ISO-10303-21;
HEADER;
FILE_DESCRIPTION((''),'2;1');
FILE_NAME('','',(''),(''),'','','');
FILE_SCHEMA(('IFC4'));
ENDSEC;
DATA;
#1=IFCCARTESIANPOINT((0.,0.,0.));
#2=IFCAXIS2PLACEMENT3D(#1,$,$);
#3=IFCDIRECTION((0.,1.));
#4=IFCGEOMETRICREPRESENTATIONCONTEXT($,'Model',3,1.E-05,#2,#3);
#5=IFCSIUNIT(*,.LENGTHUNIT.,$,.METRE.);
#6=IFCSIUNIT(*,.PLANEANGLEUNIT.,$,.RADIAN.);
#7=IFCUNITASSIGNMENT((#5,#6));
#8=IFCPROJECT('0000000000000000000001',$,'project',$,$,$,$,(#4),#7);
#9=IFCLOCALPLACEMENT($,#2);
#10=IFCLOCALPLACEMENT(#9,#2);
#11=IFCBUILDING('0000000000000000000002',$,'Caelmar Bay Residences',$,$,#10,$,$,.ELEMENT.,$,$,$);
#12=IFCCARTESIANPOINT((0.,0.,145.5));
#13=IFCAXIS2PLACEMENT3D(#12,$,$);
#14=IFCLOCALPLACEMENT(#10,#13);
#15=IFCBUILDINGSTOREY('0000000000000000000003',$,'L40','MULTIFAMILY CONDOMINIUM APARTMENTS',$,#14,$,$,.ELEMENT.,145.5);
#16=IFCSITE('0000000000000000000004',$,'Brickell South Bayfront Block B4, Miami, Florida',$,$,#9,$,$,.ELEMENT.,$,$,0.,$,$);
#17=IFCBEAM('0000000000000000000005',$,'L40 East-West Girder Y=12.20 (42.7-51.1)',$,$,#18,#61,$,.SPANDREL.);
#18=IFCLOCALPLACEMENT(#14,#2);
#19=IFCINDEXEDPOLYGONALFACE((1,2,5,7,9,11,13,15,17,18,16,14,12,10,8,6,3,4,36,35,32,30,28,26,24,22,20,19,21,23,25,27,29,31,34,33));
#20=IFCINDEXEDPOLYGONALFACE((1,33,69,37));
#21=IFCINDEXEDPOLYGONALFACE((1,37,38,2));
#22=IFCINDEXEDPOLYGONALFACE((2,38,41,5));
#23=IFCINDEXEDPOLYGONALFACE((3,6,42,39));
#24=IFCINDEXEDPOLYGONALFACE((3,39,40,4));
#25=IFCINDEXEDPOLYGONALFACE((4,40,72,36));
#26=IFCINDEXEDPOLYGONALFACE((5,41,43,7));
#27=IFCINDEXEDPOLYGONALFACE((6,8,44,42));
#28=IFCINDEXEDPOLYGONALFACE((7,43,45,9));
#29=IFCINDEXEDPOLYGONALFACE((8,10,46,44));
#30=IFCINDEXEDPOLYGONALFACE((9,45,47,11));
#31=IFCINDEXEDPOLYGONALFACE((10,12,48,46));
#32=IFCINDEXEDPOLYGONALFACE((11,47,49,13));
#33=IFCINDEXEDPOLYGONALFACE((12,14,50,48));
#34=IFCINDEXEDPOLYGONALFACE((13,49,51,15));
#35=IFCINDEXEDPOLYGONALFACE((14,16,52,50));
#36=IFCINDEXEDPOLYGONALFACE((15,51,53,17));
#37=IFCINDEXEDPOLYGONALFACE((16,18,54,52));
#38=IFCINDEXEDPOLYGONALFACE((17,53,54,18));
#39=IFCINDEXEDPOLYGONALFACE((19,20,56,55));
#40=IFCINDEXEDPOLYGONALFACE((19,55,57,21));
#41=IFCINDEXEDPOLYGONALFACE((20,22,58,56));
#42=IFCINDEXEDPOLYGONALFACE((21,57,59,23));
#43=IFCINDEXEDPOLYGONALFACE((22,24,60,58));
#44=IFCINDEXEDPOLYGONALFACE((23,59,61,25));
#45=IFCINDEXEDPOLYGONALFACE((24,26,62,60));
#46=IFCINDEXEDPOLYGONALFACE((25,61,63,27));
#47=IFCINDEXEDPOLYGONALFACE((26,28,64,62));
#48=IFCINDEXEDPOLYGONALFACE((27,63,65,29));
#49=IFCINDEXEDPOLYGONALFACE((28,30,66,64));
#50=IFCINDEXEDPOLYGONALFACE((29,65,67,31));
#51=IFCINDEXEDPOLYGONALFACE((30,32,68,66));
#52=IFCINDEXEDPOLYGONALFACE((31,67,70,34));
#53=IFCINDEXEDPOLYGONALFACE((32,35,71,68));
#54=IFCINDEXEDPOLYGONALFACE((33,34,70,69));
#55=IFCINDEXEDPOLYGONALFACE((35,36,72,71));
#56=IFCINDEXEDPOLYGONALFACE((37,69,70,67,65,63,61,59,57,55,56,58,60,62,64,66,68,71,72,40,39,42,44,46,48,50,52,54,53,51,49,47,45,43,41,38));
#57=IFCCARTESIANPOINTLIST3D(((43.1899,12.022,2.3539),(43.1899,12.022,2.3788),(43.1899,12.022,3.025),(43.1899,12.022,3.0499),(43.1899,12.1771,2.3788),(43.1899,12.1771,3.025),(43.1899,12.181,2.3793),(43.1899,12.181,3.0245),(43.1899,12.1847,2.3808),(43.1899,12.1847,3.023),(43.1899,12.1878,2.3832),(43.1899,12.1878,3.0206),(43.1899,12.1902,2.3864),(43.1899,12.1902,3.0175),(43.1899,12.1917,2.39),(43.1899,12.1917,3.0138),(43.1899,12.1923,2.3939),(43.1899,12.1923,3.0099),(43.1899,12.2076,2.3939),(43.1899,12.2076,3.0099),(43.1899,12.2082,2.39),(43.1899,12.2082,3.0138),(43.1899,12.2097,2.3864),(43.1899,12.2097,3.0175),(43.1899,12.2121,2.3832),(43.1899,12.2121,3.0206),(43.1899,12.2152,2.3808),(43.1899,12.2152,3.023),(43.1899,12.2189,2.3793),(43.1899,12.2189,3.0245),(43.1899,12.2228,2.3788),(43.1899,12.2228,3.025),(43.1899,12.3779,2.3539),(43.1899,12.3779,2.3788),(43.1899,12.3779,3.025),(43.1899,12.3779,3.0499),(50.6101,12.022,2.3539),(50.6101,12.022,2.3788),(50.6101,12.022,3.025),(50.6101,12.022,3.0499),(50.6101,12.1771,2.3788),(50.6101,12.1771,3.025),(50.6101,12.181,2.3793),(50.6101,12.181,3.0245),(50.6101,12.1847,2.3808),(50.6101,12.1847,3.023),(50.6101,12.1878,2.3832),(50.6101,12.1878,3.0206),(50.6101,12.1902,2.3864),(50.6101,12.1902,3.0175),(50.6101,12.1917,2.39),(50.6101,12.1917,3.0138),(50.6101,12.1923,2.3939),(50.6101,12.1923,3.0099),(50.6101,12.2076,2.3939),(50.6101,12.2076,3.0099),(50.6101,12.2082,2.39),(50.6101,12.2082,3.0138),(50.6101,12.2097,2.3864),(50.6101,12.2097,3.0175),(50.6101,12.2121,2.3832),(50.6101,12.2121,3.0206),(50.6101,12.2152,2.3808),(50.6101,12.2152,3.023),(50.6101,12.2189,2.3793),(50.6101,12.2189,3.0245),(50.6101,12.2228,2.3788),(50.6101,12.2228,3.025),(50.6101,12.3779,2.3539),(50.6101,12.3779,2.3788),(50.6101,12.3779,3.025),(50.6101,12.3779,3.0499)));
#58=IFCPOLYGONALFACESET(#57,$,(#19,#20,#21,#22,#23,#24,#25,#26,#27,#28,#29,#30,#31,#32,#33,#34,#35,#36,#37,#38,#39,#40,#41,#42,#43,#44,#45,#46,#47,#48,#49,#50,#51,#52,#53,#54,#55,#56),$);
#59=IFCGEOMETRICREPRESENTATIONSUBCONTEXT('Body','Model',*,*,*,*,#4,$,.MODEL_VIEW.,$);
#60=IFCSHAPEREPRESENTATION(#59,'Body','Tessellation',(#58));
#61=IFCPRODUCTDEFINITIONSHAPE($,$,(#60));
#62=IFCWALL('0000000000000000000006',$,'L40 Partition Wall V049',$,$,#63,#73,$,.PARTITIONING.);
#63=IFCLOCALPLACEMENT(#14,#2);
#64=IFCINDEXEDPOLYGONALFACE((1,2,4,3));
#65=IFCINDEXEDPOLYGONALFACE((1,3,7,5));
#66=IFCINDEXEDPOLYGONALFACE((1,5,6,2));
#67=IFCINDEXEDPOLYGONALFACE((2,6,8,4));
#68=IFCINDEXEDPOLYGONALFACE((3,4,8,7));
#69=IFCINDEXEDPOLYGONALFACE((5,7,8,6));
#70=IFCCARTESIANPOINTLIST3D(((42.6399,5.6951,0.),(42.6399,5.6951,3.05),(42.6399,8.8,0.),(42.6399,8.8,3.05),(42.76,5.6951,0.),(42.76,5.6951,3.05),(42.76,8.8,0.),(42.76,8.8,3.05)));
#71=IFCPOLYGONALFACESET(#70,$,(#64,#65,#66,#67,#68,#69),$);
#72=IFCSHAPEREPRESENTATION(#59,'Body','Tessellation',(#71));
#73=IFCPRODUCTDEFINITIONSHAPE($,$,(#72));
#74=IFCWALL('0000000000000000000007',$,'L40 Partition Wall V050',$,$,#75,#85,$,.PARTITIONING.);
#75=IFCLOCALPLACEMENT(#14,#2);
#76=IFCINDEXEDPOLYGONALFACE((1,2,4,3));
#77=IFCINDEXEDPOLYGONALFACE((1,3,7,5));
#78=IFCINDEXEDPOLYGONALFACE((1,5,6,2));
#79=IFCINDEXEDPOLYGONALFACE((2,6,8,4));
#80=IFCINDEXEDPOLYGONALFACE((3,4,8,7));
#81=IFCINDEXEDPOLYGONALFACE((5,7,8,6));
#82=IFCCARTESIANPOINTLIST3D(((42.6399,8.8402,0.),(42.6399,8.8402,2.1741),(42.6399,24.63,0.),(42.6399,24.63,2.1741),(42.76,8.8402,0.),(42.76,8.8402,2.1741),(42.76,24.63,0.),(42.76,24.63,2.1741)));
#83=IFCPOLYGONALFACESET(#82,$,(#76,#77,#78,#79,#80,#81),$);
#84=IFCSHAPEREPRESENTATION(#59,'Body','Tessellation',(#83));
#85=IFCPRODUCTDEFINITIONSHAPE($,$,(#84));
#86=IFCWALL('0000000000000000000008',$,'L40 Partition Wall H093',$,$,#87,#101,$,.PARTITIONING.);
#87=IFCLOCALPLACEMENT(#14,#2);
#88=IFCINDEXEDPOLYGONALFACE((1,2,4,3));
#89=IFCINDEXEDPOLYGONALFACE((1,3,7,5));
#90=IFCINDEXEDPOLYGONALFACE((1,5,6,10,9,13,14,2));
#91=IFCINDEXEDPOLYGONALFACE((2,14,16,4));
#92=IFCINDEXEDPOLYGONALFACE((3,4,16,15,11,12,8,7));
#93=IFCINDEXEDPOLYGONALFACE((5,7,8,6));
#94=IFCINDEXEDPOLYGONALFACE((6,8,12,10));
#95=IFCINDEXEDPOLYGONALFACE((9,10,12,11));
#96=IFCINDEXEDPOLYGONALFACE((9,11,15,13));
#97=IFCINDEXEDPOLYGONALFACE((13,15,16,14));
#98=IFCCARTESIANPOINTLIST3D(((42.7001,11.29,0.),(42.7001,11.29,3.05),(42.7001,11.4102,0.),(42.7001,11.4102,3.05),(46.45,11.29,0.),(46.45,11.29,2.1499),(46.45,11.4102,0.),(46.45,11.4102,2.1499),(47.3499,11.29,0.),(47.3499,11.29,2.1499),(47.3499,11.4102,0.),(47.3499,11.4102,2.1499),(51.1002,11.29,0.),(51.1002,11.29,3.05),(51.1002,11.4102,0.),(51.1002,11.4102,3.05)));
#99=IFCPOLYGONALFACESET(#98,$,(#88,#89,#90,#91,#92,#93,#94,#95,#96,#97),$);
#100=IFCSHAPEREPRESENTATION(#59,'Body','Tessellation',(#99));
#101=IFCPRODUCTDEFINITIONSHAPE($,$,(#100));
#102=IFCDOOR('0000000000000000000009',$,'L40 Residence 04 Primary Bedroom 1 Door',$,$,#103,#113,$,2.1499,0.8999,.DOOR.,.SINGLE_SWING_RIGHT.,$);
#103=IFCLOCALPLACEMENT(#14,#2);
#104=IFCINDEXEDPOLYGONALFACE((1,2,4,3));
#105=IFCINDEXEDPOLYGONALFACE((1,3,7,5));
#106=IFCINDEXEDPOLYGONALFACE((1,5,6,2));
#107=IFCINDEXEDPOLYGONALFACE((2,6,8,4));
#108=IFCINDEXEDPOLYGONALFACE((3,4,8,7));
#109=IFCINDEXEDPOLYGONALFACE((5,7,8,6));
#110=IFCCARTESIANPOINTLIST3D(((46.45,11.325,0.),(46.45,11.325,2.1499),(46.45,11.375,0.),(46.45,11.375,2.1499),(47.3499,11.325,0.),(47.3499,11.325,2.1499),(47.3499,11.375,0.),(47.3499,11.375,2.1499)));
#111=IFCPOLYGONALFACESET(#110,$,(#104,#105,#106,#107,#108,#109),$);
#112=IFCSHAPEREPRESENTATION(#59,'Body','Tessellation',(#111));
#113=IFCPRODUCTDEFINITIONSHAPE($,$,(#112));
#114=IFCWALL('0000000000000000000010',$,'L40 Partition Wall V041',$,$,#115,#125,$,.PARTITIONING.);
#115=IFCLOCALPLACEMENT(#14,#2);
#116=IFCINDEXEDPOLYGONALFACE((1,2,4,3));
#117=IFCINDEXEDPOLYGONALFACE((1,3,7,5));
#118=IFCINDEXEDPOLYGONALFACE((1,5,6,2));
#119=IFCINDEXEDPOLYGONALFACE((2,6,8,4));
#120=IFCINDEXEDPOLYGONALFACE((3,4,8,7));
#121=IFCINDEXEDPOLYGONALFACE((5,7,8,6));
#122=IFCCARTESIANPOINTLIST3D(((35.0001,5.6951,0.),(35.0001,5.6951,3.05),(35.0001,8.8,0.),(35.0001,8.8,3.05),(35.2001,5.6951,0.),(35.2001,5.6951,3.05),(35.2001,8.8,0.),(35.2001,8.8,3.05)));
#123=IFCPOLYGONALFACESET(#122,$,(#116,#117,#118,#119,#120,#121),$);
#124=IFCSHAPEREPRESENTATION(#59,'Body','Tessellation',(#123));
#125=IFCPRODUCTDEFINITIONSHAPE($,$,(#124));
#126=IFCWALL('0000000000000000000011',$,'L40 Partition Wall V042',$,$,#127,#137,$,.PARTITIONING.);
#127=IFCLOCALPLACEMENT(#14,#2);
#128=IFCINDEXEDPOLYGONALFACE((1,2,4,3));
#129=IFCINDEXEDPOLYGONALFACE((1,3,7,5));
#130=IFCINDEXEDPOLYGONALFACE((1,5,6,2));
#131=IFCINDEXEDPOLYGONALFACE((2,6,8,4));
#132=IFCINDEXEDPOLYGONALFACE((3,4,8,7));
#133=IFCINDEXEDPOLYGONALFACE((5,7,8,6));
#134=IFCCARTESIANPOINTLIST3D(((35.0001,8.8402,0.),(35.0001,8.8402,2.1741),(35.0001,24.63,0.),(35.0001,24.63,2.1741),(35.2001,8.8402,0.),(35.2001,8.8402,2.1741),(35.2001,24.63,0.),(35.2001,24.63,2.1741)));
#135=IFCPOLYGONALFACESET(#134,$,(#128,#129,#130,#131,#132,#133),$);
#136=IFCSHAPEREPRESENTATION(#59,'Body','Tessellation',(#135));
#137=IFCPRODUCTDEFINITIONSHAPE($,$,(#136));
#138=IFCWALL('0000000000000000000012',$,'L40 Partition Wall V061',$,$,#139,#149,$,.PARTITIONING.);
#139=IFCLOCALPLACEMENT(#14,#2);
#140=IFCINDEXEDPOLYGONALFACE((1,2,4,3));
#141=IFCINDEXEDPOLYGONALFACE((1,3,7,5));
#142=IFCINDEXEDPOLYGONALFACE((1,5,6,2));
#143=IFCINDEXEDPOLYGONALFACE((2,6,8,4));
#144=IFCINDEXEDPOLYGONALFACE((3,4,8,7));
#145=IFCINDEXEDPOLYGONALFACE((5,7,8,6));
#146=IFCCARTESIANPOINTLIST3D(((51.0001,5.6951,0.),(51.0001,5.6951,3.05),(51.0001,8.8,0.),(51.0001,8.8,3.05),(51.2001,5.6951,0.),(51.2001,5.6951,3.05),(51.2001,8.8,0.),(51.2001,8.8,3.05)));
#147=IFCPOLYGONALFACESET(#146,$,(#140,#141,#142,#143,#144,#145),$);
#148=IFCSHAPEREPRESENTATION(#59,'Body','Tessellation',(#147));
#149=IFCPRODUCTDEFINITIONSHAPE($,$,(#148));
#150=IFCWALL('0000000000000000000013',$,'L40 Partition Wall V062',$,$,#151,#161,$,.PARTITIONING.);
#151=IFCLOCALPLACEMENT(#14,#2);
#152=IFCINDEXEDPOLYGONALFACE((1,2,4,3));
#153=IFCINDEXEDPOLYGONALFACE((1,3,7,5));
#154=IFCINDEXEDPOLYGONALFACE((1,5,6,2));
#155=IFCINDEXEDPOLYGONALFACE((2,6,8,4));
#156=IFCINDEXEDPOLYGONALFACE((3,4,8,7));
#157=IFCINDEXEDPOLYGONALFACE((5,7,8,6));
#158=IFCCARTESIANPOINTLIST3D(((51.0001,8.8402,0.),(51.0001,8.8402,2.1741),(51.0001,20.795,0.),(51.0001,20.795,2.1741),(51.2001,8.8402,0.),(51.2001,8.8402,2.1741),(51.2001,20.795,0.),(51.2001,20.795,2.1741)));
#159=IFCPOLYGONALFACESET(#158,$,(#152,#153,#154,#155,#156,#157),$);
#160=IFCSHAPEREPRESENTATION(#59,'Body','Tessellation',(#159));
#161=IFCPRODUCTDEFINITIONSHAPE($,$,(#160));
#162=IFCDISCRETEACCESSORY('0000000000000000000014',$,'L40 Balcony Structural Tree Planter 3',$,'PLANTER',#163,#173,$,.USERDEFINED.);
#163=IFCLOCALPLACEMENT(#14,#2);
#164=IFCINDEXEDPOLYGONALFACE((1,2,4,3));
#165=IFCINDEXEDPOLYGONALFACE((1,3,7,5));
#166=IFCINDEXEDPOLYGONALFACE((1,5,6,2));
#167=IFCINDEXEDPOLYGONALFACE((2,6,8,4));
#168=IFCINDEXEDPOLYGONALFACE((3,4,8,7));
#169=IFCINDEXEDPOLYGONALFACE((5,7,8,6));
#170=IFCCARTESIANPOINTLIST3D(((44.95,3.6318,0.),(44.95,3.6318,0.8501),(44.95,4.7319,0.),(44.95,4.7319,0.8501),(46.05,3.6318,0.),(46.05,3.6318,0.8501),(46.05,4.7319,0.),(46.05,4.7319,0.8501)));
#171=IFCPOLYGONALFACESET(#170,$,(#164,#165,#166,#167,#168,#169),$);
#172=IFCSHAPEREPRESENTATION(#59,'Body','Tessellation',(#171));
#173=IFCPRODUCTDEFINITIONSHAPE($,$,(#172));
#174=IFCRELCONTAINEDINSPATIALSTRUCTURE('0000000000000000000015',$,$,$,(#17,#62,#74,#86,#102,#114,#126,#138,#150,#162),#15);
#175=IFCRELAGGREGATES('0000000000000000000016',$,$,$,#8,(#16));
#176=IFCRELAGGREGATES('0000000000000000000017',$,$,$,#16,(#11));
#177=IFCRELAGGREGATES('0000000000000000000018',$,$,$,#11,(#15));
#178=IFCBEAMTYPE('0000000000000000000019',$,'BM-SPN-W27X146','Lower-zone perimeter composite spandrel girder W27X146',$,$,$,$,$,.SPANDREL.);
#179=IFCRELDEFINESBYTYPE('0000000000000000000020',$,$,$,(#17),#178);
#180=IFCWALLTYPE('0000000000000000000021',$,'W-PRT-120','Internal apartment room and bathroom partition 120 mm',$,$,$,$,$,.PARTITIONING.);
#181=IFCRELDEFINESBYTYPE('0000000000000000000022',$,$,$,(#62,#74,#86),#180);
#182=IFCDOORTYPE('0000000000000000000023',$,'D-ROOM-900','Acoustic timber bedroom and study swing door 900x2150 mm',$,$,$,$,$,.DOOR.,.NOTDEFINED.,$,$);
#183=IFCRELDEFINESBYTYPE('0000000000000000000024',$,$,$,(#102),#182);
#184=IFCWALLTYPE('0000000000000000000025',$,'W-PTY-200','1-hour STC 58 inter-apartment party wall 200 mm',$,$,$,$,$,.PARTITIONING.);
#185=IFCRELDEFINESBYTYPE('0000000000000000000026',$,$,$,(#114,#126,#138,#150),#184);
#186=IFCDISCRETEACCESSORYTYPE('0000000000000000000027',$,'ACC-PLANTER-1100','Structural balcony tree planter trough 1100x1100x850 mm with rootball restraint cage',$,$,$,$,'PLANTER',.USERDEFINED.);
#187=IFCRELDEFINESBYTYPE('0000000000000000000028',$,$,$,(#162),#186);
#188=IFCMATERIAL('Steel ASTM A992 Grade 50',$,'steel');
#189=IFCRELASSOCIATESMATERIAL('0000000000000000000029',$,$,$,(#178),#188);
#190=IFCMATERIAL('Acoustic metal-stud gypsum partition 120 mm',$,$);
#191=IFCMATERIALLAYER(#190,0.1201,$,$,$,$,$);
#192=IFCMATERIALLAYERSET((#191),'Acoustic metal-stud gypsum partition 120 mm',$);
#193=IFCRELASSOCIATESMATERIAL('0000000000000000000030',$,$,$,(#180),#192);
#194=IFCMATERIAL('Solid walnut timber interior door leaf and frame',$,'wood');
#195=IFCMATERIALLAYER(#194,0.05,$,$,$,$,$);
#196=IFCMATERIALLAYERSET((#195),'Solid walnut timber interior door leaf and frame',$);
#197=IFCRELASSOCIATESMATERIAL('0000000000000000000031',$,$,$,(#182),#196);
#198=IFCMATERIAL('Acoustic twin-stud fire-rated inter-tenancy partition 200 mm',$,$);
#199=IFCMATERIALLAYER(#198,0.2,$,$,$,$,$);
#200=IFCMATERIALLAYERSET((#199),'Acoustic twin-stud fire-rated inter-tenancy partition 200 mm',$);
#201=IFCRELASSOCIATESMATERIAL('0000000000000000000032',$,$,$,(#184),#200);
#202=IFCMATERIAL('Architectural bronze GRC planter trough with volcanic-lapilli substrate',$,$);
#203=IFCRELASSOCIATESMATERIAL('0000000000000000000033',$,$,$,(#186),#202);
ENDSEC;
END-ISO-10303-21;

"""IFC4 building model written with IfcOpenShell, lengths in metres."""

from ifc_helpers import new_model, si_unit, direction, frame, frame_2d, origin, origin_2d, place, context, subcontext, project, spatial, rectangle, i_section, extrude, material, layer, layer_set, material_profile, profile_set, type_object, element, fill, save


model = new_model("IFC4")

# Units and contexts
model_context = context("Model", 3, precision=1e-05, world=origin(), true_north=direction((0.0, 1.0)))
body_context = subcontext(model_context, "Body", "Model", "MODEL_VIEW")
ifc_project = project(units=[si_unit("LENGTHUNIT", "METRE"), si_unit("PLANEANGLEUNIT", "RADIAN")], contexts=[model_context])

# Site, building, storey
site_placement = place(None, origin())
site = spatial("IfcSite", under=ifc_project, at=site_placement, Name="Brickell South Bayfront Block B4, Miami, Florida", CompositionType="ELEMENT", RefElevation=0.0)
building_placement = place(site_placement, origin())
building = spatial("IfcBuilding", under=site, at=building_placement, Name="Caelmar Bay Residences", CompositionType="ELEMENT")
storey_placement = place(building_placement, frame((0.0, 0.0, 145.5)))
storey = spatial("IfcBuildingStorey", under=building, at=storey_placement, Name="L40", Description="MULTIFAMILY CONDOMINIUM APARTMENTS", CompositionType="ELEMENT", Elevation=145.5)

# Beam
ifc_material_1 = material(Name="Steel ASTM A992 Grade 50", Category="steel")
ifc_material_profile_1 = material_profile(ifc_material_1, i_section(OverallWidth=0.356, OverallDepth=0.696, WebThickness=0.0154, FlangeThickness=0.0249, FilletRadius=0.0151, at=origin_2d()), Name="W27X146")
ifc_profile_set_1 = profile_set([ifc_material_profile_1], Name="Steel ASTM A992 Grade 50")
beam_type_1 = type_object("IfcBeamType", Name="BM-SPN-W27X146", Description="Lower-zone perimeter composite spandrel girder W27X146", PredefinedType="SPANDREL", material=ifc_profile_set_1)
beam_1_placement = place(storey_placement, frame((43.1899, 12.2, 2.7019), z_axis=(1.0, 0.0, 0.0), x_axis=(0.0, 1.0, 0.0)))
element("IfcBeam", 1, at=beam_1_placement, inside=storey, type_object=beam_type_1, Name="L40 East-West Girder Y=12.20 (42.7-51.1)", PredefinedType="SPANDREL", context=body_context, shape_type="SweptSolid", body=[
    extrude(i_section(OverallWidth=0.356, OverallDepth=0.696, WebThickness=0.0154, FlangeThickness=0.0249, FilletRadius=0.0151, at=origin_2d()), origin(), (0.0, 0.0, 1.0), 7.4202),
])

# Walls
ifc_material_2 = material(Name="Acoustic metal-stud gypsum partition 120 mm")
ifc_layer_1 = layer(ifc_material_2, 0.1201)
ifc_layer_set_1 = layer_set([ifc_layer_1], Name="Acoustic metal-stud gypsum partition 120 mm")
wall_type_1 = type_object("IfcWallType", Name="W-PRT-120", Description="Internal apartment room and bathroom partition 120 mm", PredefinedType="PARTITIONING", material=ifc_layer_set_1)
wall_1_placement = place(storey_placement, frame((42.7, 5.6951, 0.0), z_axis=(0.0, 0.0, 1.0), x_axis=(0.0, 1.0, 0.0)))
element("IfcWall", 2, at=wall_1_placement, inside=storey, type_object=wall_type_1, Name="L40 Partition Wall V049", PredefinedType="PARTITIONING", context=body_context, shape_type="SweptSolid", body=[
    extrude(rectangle(XDim=3.105, YDim=0.1201, at=frame_2d((1.5525, 0.0))), origin(), (0.0, 0.0, 1.0), 3.05),
])
wall_2_placement = place(storey_placement, frame((42.7, 8.8401, 0.0), z_axis=(0.0, 0.0, 1.0), x_axis=(0.0, 1.0, 0.0)))
element("IfcWall", 3, at=wall_2_placement, inside=storey, type_object=wall_type_1, Name="L40 Partition Wall V050", PredefinedType="PARTITIONING", context=body_context, shape_type="SweptSolid", body=[
    extrude(rectangle(XDim=15.7898, YDim=0.1201, at=frame_2d((7.895, 0.0))), origin(), (0.0, 0.0, 1.0), 2.1741),
])

# Wall, opening, door
wall_3_placement = place(storey_placement, frame((42.7, 11.3501, 0.0), z_axis=(0.0, 0.0, 1.0), x_axis=(1.0, 0.0, 0.0)))
wall_3 = element("IfcWall", 4, at=wall_3_placement, inside=storey, type_object=wall_type_1, Name="L40 Partition Wall H093", PredefinedType="PARTITIONING", context=body_context, shape_type="SweptSolid", body=[
    extrude(rectangle(XDim=8.4001, YDim=0.1201, at=frame_2d((4.2002, 0.0))), origin(), (0.0, 0.0, 1.0), 3.05),
])
opening_placement = place(wall_3_placement, frame((3.75, 0.0, 0.0)))
opening = element("IfcOpeningElement", 5, at=opening_placement, cuts=wall_3, PredefinedType="OPENING", context=body_context, shape_type="SweptSolid", body=[
    extrude(rectangle(XDim=0.8999, YDim=2.1499, at=frame_2d((0.45, 1.075))), frame((0.0, 0.0701, 0.0), z_axis=(0.0, -1.0, 0.0), x_axis=(1.0, 0.0, 0.0)), (0.0, 0.0, 1.0), 0.1401),
])
ifc_material_3 = material(Name="Solid walnut timber interior door leaf and frame", Category="wood")
ifc_layer_2 = layer(ifc_material_3, 0.05)
ifc_layer_set_2 = layer_set([ifc_layer_2], Name="Solid walnut timber interior door leaf and frame")
door_type = type_object("IfcDoorType", Name="D-ROOM-900", Description="Acoustic timber bedroom and study swing door 900x2150 mm", OperationType="NOTDEFINED", PredefinedType="DOOR", material=ifc_layer_set_2)
door_placement = place(opening_placement, origin())
door = element("IfcDoor", 6, at=door_placement, inside=storey, type_object=door_type, Name="L40 Residence 04 Primary Bedroom 1 Door", OperationType="SINGLE_SWING_RIGHT", OverallHeight=2.1499, OverallWidth=0.8999, PredefinedType="DOOR", context=body_context, shape_type="SweptSolid", body=[
    extrude(rectangle(XDim=0.8999, YDim=2.1499, at=frame_2d((0.45, 1.075))), frame((0.0, 0.0249, 0.0), z_axis=(0.0, -1.0, 0.0), x_axis=(1.0, 0.0, 0.0)), (0.0, 0.0, 1.0), 0.05),
])
fill(opening, door)

# Walls
ifc_material_4 = material(Name="Acoustic twin-stud fire-rated inter-tenancy partition 200 mm")
ifc_layer_3 = layer(ifc_material_4, 0.2)
ifc_layer_set_3 = layer_set([ifc_layer_3], Name="Acoustic twin-stud fire-rated inter-tenancy partition 200 mm")
wall_type_2 = type_object("IfcWallType", Name="W-PTY-200", Description="1-hour STC 58 inter-apartment party wall 200 mm", PredefinedType="PARTITIONING", material=ifc_layer_set_3)
wall_4_placement = place(storey_placement, frame((35.1001, 5.6951, 0.0), z_axis=(0.0, 0.0, 1.0), x_axis=(0.0, 1.0, 0.0)))
element("IfcWall", 7, at=wall_4_placement, inside=storey, type_object=wall_type_2, Name="L40 Partition Wall V041", PredefinedType="PARTITIONING", context=body_context, shape_type="SweptSolid", body=[
    extrude(rectangle(XDim=3.105, YDim=0.2, at=frame_2d((1.5525, 0.0))), origin(), (0.0, 0.0, 1.0), 3.05),
])
wall_5_placement = place(storey_placement, frame((35.1001, 8.8401, 0.0), z_axis=(0.0, 0.0, 1.0), x_axis=(0.0, 1.0, 0.0)))
element("IfcWall", 8, at=wall_5_placement, inside=storey, type_object=wall_type_2, Name="L40 Partition Wall V042", PredefinedType="PARTITIONING", context=body_context, shape_type="SweptSolid", body=[
    extrude(rectangle(XDim=15.7898, YDim=0.2, at=frame_2d((7.895, 0.0))), origin(), (0.0, 0.0, 1.0), 2.1741),
])
wall_6_placement = place(storey_placement, frame((51.1001, 5.6951, 0.0), z_axis=(0.0, 0.0, 1.0), x_axis=(0.0, 1.0, 0.0)))
element("IfcWall", 9, at=wall_6_placement, inside=storey, type_object=wall_type_2, Name="L40 Partition Wall V061", PredefinedType="PARTITIONING", context=body_context, shape_type="SweptSolid", body=[
    extrude(rectangle(XDim=3.105, YDim=0.2, at=frame_2d((1.5525, 0.0))), origin(), (0.0, 0.0, 1.0), 3.05),
])
wall_7_placement = place(storey_placement, frame((51.1001, 8.8401, 0.0), z_axis=(0.0, 0.0, 1.0), x_axis=(0.0, 1.0, 0.0)))
element("IfcWall", 10, at=wall_7_placement, inside=storey, type_object=wall_type_2, Name="L40 Partition Wall V062", PredefinedType="PARTITIONING", context=body_context, shape_type="SweptSolid", body=[
    extrude(rectangle(XDim=11.9548, YDim=0.2, at=frame_2d((5.9775, 0.0))), origin(), (0.0, 0.0, 1.0), 2.1741),
])

# Discrete accessory
ifc_material_5 = material(Name="Architectural bronze GRC planter trough with volcanic-lapilli substrate")
discrete_accessory_type = type_object("IfcDiscreteAccessoryType", Name="ACC-PLANTER-1100", Description="Structural balcony tree planter trough 1100x1100x850 mm with rootball restraint cage", ElementType="PLANTER", PredefinedType="USERDEFINED", material=ifc_material_5)
discrete_accessory_placement = place(storey_placement, frame((45.5, 4.1819, 0.0), z_axis=(0.0, 0.0, 1.0), x_axis=(1.0, 0.0, 0.0)))
element("IfcDiscreteAccessory", 11, at=discrete_accessory_placement, inside=storey, type_object=discrete_accessory_type, Name="L40 Balcony Structural Tree Planter 3", ObjectType="PLANTER", PredefinedType="USERDEFINED", context=body_context, shape_type="SweptSolid", body=[
    extrude(rectangle(XDim=1.1001, YDim=1.1001, at=origin_2d()), origin(), (0.0, 0.0, 1.0), 0.8501),
])

save(model, "model.ifc")
